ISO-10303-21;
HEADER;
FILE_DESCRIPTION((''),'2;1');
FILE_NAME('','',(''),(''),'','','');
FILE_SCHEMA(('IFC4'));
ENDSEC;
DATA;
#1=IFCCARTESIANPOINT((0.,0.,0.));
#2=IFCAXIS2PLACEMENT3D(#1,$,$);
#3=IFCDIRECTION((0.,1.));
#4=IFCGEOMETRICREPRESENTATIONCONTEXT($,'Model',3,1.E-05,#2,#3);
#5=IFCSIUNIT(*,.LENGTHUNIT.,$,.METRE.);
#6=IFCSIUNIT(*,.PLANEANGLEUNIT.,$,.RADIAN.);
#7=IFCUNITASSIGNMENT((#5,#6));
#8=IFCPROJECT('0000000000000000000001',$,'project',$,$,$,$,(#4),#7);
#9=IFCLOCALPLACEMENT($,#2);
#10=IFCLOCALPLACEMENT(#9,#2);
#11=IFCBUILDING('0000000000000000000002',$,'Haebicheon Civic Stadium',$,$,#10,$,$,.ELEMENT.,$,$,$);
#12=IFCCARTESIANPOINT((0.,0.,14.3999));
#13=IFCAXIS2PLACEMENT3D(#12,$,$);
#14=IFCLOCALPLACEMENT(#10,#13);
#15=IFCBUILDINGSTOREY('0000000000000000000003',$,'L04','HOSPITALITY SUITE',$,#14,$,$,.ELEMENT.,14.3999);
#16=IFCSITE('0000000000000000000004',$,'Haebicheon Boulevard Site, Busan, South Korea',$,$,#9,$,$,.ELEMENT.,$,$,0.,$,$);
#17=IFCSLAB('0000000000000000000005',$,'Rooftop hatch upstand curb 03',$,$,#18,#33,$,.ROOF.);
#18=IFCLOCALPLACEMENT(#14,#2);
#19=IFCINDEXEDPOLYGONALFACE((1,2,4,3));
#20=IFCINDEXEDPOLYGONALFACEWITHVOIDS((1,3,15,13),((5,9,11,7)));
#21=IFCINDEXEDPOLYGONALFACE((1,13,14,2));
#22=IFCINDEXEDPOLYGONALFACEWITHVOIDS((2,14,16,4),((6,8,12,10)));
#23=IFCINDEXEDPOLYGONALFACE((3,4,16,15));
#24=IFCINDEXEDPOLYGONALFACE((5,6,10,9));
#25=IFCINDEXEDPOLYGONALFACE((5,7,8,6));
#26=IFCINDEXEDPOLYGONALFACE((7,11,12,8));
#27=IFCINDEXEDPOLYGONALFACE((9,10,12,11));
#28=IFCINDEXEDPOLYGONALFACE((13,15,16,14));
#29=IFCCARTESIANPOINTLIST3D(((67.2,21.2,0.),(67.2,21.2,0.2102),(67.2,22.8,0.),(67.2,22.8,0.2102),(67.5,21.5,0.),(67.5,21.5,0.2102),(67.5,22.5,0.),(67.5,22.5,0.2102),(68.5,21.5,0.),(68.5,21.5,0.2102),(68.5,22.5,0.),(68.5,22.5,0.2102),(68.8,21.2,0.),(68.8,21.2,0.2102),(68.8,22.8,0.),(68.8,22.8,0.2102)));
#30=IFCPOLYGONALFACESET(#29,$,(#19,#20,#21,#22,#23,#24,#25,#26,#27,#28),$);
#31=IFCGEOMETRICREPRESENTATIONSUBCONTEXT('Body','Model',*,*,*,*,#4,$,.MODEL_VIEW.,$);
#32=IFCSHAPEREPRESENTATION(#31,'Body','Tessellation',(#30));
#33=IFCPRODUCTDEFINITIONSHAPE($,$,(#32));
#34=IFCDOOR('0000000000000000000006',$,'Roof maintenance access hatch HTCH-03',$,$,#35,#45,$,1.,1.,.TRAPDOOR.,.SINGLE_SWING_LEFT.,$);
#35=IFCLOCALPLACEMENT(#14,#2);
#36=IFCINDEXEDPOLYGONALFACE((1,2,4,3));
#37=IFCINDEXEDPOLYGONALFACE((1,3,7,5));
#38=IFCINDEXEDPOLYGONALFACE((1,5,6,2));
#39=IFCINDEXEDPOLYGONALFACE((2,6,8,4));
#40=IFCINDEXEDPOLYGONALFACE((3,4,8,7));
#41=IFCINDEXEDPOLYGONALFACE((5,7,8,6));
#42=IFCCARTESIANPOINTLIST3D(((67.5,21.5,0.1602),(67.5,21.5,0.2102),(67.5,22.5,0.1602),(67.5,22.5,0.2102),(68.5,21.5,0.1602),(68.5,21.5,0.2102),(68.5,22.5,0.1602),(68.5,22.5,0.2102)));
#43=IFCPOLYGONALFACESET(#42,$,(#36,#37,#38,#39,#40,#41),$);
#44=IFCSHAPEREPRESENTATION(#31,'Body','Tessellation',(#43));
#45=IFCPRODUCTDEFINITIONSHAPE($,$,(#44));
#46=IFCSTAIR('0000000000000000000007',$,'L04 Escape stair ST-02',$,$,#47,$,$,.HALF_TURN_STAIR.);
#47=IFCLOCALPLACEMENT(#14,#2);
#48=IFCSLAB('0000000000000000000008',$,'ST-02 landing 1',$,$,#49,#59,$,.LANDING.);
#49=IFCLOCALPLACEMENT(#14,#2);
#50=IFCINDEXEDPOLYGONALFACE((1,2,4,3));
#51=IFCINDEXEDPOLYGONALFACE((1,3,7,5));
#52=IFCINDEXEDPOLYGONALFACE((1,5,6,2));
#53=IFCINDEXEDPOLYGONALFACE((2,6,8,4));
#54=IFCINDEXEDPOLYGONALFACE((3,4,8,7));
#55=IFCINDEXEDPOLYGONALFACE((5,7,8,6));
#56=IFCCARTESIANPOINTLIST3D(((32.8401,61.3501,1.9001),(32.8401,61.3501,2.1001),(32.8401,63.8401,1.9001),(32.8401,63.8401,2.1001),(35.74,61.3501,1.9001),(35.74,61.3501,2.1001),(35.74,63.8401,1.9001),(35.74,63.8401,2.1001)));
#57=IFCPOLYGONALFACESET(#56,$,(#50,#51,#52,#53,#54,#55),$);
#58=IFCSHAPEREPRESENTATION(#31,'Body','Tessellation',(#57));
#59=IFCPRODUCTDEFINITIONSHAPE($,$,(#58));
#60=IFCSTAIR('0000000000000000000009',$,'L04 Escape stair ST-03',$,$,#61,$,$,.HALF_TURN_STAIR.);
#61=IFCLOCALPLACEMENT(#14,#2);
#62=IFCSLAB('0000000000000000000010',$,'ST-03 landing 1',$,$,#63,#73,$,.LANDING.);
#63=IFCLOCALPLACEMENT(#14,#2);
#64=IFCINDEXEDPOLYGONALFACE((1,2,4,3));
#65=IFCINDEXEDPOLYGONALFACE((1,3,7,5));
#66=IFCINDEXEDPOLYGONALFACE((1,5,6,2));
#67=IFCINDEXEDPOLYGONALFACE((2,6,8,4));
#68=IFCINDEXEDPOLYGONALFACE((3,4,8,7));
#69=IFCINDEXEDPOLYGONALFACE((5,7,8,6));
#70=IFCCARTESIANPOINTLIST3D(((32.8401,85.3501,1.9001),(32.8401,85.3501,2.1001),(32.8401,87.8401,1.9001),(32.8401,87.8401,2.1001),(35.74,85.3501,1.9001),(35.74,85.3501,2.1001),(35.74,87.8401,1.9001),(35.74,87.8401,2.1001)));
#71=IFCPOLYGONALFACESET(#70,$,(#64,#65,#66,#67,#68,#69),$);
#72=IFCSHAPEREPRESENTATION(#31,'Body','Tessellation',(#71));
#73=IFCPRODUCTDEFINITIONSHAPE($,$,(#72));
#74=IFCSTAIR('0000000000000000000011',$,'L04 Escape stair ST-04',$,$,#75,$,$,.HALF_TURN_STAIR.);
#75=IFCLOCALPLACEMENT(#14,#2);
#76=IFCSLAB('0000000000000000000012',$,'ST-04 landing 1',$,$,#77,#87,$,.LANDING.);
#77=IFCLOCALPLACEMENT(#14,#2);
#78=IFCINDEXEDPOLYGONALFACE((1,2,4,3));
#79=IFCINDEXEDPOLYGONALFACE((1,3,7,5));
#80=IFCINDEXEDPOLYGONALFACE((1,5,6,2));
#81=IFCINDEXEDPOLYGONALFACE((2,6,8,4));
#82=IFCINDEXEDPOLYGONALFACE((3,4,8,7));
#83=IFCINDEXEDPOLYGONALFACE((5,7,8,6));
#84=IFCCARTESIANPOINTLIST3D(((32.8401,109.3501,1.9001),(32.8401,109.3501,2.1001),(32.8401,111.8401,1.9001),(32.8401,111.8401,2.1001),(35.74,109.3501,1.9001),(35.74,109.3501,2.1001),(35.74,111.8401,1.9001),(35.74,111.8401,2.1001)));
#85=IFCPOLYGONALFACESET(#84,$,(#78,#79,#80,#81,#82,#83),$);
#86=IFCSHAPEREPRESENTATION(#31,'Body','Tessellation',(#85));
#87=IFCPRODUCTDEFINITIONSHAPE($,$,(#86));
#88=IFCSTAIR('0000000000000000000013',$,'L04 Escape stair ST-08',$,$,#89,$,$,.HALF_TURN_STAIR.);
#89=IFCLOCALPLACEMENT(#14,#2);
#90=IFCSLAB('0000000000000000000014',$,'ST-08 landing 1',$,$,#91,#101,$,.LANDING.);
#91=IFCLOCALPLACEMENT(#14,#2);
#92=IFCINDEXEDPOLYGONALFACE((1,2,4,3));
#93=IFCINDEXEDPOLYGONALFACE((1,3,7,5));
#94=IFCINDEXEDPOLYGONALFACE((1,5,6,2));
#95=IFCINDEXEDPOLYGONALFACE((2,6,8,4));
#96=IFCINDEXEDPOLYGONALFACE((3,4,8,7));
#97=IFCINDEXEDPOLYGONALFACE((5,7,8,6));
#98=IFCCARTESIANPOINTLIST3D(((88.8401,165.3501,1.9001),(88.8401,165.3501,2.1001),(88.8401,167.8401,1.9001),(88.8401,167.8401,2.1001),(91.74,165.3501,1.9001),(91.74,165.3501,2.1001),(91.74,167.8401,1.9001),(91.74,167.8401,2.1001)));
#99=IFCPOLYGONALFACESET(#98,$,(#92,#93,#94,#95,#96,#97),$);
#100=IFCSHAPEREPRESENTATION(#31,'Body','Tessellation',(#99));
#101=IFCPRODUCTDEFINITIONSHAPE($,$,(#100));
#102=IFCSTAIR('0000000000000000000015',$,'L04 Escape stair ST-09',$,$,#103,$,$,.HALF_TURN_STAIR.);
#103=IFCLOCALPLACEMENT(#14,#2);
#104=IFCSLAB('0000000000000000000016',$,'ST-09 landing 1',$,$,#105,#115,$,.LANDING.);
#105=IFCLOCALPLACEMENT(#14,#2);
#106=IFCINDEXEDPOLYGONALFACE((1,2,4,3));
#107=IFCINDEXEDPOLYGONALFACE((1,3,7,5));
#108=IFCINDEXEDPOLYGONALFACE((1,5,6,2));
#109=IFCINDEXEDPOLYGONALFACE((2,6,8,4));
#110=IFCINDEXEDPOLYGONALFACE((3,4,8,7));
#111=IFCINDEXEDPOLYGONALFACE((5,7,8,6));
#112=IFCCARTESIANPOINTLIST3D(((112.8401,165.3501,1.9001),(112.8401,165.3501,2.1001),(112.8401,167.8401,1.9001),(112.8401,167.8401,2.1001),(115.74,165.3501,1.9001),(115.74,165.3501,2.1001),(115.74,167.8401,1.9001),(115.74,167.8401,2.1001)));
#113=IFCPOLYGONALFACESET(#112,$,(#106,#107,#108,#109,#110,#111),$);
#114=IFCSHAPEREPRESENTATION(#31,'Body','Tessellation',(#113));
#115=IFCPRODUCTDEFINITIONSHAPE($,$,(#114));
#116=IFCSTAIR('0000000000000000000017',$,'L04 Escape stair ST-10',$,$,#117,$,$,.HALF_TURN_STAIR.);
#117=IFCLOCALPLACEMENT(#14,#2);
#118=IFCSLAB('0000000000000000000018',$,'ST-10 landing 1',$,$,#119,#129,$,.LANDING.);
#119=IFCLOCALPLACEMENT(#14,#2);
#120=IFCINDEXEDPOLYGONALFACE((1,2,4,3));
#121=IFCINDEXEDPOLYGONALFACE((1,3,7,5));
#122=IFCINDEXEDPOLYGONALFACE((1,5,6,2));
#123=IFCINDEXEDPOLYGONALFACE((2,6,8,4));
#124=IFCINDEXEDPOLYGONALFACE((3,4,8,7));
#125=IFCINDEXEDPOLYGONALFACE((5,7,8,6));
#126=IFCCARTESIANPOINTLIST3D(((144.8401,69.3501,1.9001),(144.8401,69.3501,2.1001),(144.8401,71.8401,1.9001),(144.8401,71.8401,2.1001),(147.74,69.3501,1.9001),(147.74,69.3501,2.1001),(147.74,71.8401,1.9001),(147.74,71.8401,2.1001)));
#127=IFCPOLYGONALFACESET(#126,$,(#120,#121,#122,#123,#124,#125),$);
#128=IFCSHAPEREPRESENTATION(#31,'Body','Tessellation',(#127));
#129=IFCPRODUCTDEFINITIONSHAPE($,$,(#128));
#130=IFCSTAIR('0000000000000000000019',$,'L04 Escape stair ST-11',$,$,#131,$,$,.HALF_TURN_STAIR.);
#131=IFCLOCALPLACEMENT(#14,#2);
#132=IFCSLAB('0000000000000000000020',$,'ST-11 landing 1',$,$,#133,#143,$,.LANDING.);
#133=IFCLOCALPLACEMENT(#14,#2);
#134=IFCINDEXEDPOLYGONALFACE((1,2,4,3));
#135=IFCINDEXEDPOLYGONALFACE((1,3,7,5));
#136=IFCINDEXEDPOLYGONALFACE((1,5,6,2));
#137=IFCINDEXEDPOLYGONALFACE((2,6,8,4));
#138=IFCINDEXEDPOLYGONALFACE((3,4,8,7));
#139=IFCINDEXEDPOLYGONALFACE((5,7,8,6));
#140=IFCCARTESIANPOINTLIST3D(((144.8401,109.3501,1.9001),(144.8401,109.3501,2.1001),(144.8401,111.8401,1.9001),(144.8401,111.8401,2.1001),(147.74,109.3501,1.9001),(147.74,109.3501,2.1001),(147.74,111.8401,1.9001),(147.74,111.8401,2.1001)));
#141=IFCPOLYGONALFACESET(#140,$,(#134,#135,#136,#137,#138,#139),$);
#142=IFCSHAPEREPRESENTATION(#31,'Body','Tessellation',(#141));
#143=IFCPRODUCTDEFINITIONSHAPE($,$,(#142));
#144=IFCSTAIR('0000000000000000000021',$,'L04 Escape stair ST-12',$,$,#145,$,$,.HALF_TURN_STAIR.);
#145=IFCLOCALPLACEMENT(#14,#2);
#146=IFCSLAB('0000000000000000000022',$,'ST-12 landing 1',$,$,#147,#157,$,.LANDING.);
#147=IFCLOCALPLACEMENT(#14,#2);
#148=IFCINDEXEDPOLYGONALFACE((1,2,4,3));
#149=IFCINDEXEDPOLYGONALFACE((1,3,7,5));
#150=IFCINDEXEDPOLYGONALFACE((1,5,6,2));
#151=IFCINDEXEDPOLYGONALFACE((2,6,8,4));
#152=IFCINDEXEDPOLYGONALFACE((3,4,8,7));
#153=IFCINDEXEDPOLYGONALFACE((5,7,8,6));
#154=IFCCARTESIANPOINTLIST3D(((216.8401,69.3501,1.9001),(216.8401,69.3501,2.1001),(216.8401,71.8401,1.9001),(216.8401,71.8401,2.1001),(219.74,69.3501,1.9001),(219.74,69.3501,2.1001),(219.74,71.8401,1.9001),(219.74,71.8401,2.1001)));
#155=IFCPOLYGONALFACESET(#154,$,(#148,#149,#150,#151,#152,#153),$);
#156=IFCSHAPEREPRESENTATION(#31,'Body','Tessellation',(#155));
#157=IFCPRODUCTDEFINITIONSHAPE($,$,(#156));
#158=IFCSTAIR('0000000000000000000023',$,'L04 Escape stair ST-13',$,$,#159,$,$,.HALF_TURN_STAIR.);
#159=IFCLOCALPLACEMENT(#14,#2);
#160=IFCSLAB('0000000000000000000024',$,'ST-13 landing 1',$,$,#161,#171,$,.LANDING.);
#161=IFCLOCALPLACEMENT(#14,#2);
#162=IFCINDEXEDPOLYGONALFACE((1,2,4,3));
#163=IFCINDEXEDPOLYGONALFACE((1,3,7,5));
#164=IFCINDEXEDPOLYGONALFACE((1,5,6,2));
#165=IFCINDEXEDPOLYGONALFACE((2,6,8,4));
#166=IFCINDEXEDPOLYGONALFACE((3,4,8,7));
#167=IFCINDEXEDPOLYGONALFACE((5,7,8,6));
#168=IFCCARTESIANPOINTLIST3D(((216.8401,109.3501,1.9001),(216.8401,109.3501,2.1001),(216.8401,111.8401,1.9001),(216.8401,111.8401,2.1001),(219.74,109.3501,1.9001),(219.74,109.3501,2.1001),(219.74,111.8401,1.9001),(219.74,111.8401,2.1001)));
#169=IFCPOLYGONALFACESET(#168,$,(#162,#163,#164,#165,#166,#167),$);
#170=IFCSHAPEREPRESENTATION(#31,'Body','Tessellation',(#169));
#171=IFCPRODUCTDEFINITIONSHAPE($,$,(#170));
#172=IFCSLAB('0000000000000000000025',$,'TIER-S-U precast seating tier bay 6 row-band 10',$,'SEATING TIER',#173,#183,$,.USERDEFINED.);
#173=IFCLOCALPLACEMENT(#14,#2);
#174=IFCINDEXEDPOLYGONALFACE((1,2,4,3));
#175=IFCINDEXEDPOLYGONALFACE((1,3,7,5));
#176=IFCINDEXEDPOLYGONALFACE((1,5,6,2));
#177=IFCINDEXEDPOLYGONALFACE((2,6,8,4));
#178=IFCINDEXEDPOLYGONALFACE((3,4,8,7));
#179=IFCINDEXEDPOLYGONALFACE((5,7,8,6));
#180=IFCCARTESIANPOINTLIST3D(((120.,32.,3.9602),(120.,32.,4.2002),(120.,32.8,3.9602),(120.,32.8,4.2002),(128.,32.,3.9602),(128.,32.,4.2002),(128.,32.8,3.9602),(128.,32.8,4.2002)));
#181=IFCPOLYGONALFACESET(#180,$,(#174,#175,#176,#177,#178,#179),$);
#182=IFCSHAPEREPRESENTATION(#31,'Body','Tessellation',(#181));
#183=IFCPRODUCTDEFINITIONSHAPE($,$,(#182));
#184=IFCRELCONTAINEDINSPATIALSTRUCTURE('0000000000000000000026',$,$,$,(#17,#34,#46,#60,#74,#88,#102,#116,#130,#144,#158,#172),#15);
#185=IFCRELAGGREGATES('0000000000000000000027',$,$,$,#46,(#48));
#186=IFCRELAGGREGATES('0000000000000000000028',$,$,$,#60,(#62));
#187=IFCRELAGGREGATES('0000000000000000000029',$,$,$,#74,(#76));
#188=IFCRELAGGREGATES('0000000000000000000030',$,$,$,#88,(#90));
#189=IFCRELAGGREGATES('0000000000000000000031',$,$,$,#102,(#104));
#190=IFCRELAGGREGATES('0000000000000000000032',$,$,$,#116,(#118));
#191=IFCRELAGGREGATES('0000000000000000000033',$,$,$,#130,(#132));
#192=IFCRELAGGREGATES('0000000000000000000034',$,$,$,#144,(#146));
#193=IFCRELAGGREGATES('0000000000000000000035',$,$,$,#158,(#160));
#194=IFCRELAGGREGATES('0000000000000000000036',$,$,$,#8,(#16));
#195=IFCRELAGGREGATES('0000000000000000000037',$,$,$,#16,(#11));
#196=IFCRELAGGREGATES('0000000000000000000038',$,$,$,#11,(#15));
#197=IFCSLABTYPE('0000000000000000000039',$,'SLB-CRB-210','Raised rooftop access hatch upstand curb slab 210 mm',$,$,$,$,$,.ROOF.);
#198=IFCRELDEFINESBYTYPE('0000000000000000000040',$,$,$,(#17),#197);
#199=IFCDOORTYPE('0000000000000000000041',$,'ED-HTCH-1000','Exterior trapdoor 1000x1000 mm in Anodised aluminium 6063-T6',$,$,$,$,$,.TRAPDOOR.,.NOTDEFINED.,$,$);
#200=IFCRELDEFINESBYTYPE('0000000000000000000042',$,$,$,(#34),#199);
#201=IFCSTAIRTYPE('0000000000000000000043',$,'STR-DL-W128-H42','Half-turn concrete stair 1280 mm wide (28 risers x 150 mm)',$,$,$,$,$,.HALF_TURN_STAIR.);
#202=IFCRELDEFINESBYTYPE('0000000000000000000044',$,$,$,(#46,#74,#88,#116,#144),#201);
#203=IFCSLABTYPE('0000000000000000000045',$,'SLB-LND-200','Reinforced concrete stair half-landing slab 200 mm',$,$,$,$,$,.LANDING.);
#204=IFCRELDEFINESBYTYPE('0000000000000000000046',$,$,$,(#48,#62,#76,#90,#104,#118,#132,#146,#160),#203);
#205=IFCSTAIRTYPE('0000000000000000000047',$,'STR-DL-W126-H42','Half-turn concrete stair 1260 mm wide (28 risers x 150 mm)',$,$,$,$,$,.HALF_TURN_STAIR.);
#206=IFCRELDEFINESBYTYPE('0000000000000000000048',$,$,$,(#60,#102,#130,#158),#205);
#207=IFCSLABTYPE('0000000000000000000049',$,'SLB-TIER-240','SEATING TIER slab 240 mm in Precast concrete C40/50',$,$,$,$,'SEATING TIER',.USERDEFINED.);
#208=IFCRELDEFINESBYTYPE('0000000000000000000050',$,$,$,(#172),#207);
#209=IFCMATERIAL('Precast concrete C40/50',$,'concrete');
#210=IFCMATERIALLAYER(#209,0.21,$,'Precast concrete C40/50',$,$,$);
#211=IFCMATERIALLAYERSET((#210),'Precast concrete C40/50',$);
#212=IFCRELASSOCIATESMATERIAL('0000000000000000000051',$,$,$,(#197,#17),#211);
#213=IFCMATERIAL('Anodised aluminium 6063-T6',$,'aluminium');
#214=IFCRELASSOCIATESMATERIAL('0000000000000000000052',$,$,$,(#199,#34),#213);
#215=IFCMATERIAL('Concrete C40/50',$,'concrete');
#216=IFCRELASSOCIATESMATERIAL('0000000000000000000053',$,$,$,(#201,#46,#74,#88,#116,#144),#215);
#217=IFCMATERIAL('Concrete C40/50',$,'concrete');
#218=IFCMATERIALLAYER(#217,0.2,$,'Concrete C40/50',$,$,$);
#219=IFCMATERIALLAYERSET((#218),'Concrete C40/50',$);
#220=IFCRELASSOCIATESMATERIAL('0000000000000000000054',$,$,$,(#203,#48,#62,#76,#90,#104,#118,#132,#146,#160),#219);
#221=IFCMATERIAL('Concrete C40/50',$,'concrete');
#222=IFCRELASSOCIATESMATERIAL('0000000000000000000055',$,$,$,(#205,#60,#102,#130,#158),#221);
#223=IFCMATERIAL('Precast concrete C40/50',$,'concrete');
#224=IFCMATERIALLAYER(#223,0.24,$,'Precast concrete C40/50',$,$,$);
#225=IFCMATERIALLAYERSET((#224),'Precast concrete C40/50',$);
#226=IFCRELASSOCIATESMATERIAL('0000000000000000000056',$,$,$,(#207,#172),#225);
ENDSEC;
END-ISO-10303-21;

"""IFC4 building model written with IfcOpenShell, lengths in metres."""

from ifc_helpers import new_model, si_unit, direction, frame, origin, origin_2d, place, context, subcontext, project, spatial, polyline, rectangle, outline, extrude, material, layer, layer_set, type_object, element, fill, aggregate, save


model = new_model("IFC4")

# Units and contexts
model_context = context("Model", 3, precision=1e-05, world=origin(), true_north=direction((0.0, 1.0)))
body_context = subcontext(model_context, "Body", "Model", "MODEL_VIEW")
ifc_project = project(units=[si_unit("LENGTHUNIT", "METRE"), si_unit("PLANEANGLEUNIT", "RADIAN")], contexts=[model_context])

# Site, building, storey
site_placement = place(None, origin())
site = spatial("IfcSite", under=ifc_project, at=site_placement, Name="Haebicheon Boulevard Site, Busan, South Korea", CompositionType="ELEMENT", RefElevation=0.0)
building_placement = place(site_placement, origin())
building = spatial("IfcBuilding", under=site, at=building_placement, Name="Haebicheon Civic Stadium", CompositionType="ELEMENT")
storey_placement = place(building_placement, frame((0.0, 0.0, 14.3999)))
storey = spatial("IfcBuildingStorey", under=building, at=storey_placement, Name="L04", Description="HOSPITALITY SUITE", CompositionType="ELEMENT", Elevation=14.3999)

# Slab, opening, door
ifc_material_1 = material(Name="Precast concrete C40/50", Category="concrete")
ifc_layer_1 = layer(ifc_material_1, 0.21, Name="Precast concrete C40/50")
ifc_layer_set_1 = layer_set([ifc_layer_1], Name="Precast concrete C40/50")
slab_type_1 = type_object("IfcSlabType", Name="SLB-CRB-210", Description="Raised rooftop access hatch upstand curb slab 210 mm", PredefinedType="ROOF", material=ifc_layer_set_1)
slab_1_placement = place(storey_placement, origin())
slab_1 = element("IfcSlab", 1, at=slab_1_placement, inside=storey, type_object=slab_type_1, material=ifc_layer_set_1, Name="Rooftop hatch upstand curb 03", PredefinedType="ROOF", context=body_context, shape_type="SweptSolid", body=[
    extrude(outline(polyline([(67.2, 21.2), (68.8, 21.2), (68.8, 22.8), (67.2, 22.8), (67.2, 21.2)]), holes=[polyline([(67.5, 21.5), (68.5, 21.5), (68.5, 22.5), (67.5, 22.5), (67.5, 21.5)])]), origin(), (0.0, 0.0, 1.0), 0.2102),
])
opening_placement = place(slab_1_placement, frame((68.0, 22.0, -0.01)))
opening = element("IfcOpeningElement", 2, at=opening_placement, cuts=slab_1, PredefinedType="OPENING", context=body_context, shape_type="SweptSolid", body=[
    extrude(rectangle(XDim=1.0, YDim=1.0, at=origin_2d()), origin(), (0.0, 0.0, 1.0), 0.2302),
])
ifc_material_2 = material(Name="Anodised aluminium 6063-T6", Category="aluminium")
door_type = type_object("IfcDoorType", Name="ED-HTCH-1000", Description="Exterior trapdoor 1000x1000 mm in Anodised aluminium 6063-T6", OperationType="NOTDEFINED", PredefinedType="TRAPDOOR", material=ifc_material_2)
door_placement = place(slab_1_placement, frame((68.0, 22.0, 0.1602)))
door = element("IfcDoor", 3, at=door_placement, inside=storey, type_object=door_type, material=ifc_material_2, Name="Roof maintenance access hatch HTCH-03", OperationType="SINGLE_SWING_LEFT", OverallHeight=1.0, OverallWidth=1.0, PredefinedType="TRAPDOOR", context=body_context, shape_type="SweptSolid", body=[
    extrude(rectangle(XDim=1.0, YDim=1.0, at=origin_2d()), origin(), (0.0, 0.0, 1.0), 0.05),
])
fill(opening, door)

# Stairs, slabs
ifc_material_3 = material(Name="Concrete C40/50", Category="concrete")
stair_type_1 = type_object("IfcStairType", Name="STR-DL-W128-H42", Description="Half-turn concrete stair 1280 mm wide (28 risers x 150 mm)", PredefinedType="HALF_TURN_STAIR", material=ifc_material_3)
stair_1_placement = place(storey_placement, origin())
stair_1 = element("IfcStair", 4, at=stair_1_placement, inside=storey, type_object=stair_type_1, material=ifc_material_3, Name="L04 Escape stair ST-02", PredefinedType="HALF_TURN_STAIR")
ifc_material_4 = material(Name="Concrete C40/50", Category="concrete")
ifc_layer_2 = layer(ifc_material_4, 0.2, Name="Concrete C40/50")
ifc_layer_set_2 = layer_set([ifc_layer_2], Name="Concrete C40/50")
slab_type_2 = type_object("IfcSlabType", Name="SLB-LND-200", Description="Reinforced concrete stair half-landing slab 200 mm", PredefinedType="LANDING", material=ifc_layer_set_2)
slab_2_placement = place(storey_placement, frame((0.0, 0.0, 1.9001)))
slab_2 = element("IfcSlab", 5, at=slab_2_placement, type_object=slab_type_2, material=ifc_layer_set_2, Name="ST-02 landing 1", PredefinedType="LANDING", context=body_context, shape_type="SweptSolid", body=[
    extrude(outline(polyline([(35.74, 61.3501), (35.74, 63.8401), (32.8401, 63.8401), (32.8401, 61.3501), (35.74, 61.3501)])), origin(), (0.0, 0.0, 1.0), 0.2),
])
aggregate(stair_1, [slab_2])
ifc_material_5 = material(Name="Concrete C40/50", Category="concrete")
stair_type_2 = type_object("IfcStairType", Name="STR-DL-W126-H42", Description="Half-turn concrete stair 1260 mm wide (28 risers x 150 mm)", PredefinedType="HALF_TURN_STAIR", material=ifc_material_5)
stair_2_placement = place(storey_placement, origin())
stair_2 = element("IfcStair", 6, at=stair_2_placement, inside=storey, type_object=stair_type_2, material=ifc_material_5, Name="L04 Escape stair ST-03", PredefinedType="HALF_TURN_STAIR")
slab_3_placement = place(storey_placement, frame((0.0, 0.0, 1.9001)))
slab_3 = element("IfcSlab", 7, at=slab_3_placement, type_object=slab_type_2, material=ifc_layer_set_2, Name="ST-03 landing 1", PredefinedType="LANDING", context=body_context, shape_type="SweptSolid", body=[
    extrude(outline(polyline([(35.74, 85.3501), (35.74, 87.8401), (32.8401, 87.8401), (32.8401, 85.3501), (35.74, 85.3501)])), origin(), (0.0, 0.0, 1.0), 0.2),
])
aggregate(stair_2, [slab_3])
stair_3_placement = place(storey_placement, origin())
stair_3 = element("IfcStair", 8, at=stair_3_placement, inside=storey, type_object=stair_type_1, material=ifc_material_3, Name="L04 Escape stair ST-04", PredefinedType="HALF_TURN_STAIR")
slab_4_placement = place(storey_placement, frame((0.0, 0.0, 1.9001)))
slab_4 = element("IfcSlab", 9, at=slab_4_placement, type_object=slab_type_2, material=ifc_layer_set_2, Name="ST-04 landing 1", PredefinedType="LANDING", context=body_context, shape_type="SweptSolid", body=[
    extrude(outline(polyline([(35.74, 109.3501), (35.74, 111.8401), (32.8401, 111.8401), (32.8401, 109.3501), (35.74, 109.3501)])), origin(), (0.0, 0.0, 1.0), 0.2),
])
aggregate(stair_3, [slab_4])
stair_4_placement = place(storey_placement, origin())
stair_4 = element("IfcStair", 10, at=stair_4_placement, inside=storey, type_object=stair_type_1, material=ifc_material_3, Name="L04 Escape stair ST-08", PredefinedType="HALF_TURN_STAIR")
slab_5_placement = place(storey_placement, frame((0.0, 0.0, 1.9001)))
slab_5 = element("IfcSlab", 11, at=slab_5_placement, type_object=slab_type_2, material=ifc_layer_set_2, Name="ST-08 landing 1", PredefinedType="LANDING", context=body_context, shape_type="SweptSolid", body=[
    extrude(outline(polyline([(91.74, 165.3501), (91.74, 167.8401), (88.8401, 167.8401), (88.8401, 165.3501), (91.74, 165.3501)])), origin(), (0.0, 0.0, 1.0), 0.2),
])
aggregate(stair_4, [slab_5])
stair_5_placement = place(storey_placement, origin())
stair_5 = element("IfcStair", 12, at=stair_5_placement, inside=storey, type_object=stair_type_2, material=ifc_material_5, Name="L04 Escape stair ST-09", PredefinedType="HALF_TURN_STAIR")
slab_6_placement = place(storey_placement, frame((0.0, 0.0, 1.9001)))
slab_6 = element("IfcSlab", 13, at=slab_6_placement, type_object=slab_type_2, material=ifc_layer_set_2, Name="ST-09 landing 1", PredefinedType="LANDING", context=body_context, shape_type="SweptSolid", body=[
    extrude(outline(polyline([(115.74, 165.3501), (115.74, 167.8401), (112.8401, 167.8401), (112.8401, 165.3501), (115.74, 165.3501)])), origin(), (0.0, 0.0, 1.0), 0.2),
])
aggregate(stair_5, [slab_6])
stair_6_placement = place(storey_placement, origin())
stair_6 = element("IfcStair", 14, at=stair_6_placement, inside=storey, type_object=stair_type_1, material=ifc_material_3, Name="L04 Escape stair ST-10", PredefinedType="HALF_TURN_STAIR")
slab_7_placement = place(storey_placement, frame((0.0, 0.0, 1.9001)))
slab_7 = element("IfcSlab", 15, at=slab_7_placement, type_object=slab_type_2, material=ifc_layer_set_2, Name="ST-10 landing 1", PredefinedType="LANDING", context=body_context, shape_type="SweptSolid", body=[
    extrude(outline(polyline([(147.74, 69.3501), (147.74, 71.8401), (144.8401, 71.8401), (144.8401, 69.3501), (147.74, 69.3501)])), origin(), (0.0, 0.0, 1.0), 0.2),
])
aggregate(stair_6, [slab_7])
stair_7_placement = place(storey_placement, origin())
stair_7 = element("IfcStair", 16, at=stair_7_placement, inside=storey, type_object=stair_type_2, material=ifc_material_5, Name="L04 Escape stair ST-11", PredefinedType="HALF_TURN_STAIR")
slab_8_placement = place(storey_placement, frame((0.0, 0.0, 1.9001)))
slab_8 = element("IfcSlab", 17, at=slab_8_placement, type_object=slab_type_2, material=ifc_layer_set_2, Name="ST-11 landing 1", PredefinedType="LANDING", context=body_context, shape_type="SweptSolid", body=[
    extrude(outline(polyline([(147.74, 109.3501), (147.74, 111.8401), (144.8401, 111.8401), (144.8401, 109.3501), (147.74, 109.3501)])), origin(), (0.0, 0.0, 1.0), 0.2),
])
aggregate(stair_7, [slab_8])
stair_8_placement = place(storey_placement, origin())
stair_8 = element("IfcStair", 18, at=stair_8_placement, inside=storey, type_object=stair_type_1, material=ifc_material_3, Name="L04 Escape stair ST-12", PredefinedType="HALF_TURN_STAIR")
slab_9_placement = place(storey_placement, frame((0.0, 0.0, 1.9001)))
slab_9 = element("IfcSlab", 19, at=slab_9_placement, type_object=slab_type_2, material=ifc_layer_set_2, Name="ST-12 landing 1", PredefinedType="LANDING", context=body_context, shape_type="SweptSolid", body=[
    extrude(outline(polyline([(219.74, 69.3501), (219.74, 71.8401), (216.8401, 71.8401), (216.8401, 69.3501), (219.74, 69.3501)])), origin(), (0.0, 0.0, 1.0), 0.2),
])
aggregate(stair_8, [slab_9])
stair_9_placement = place(storey_placement, origin())
stair_9 = element("IfcStair", 20, at=stair_9_placement, inside=storey, type_object=stair_type_2, material=ifc_material_5, Name="L04 Escape stair ST-13", PredefinedType="HALF_TURN_STAIR")
slab_10_placement = place(storey_placement, frame((0.0, 0.0, 1.9001)))
slab_10 = element("IfcSlab", 21, at=slab_10_placement, type_object=slab_type_2, material=ifc_layer_set_2, Name="ST-13 landing 1", PredefinedType="LANDING", context=body_context, shape_type="SweptSolid", body=[
    extrude(outline(polyline([(219.74, 109.3501), (219.74, 111.8401), (216.8401, 111.8401), (216.8401, 109.3501), (219.74, 109.3501)])), origin(), (0.0, 0.0, 1.0), 0.2),
])
aggregate(stair_9, [slab_10])

# Slab
ifc_material_6 = material(Name="Precast concrete C40/50", Category="concrete")
ifc_layer_3 = layer(ifc_material_6, 0.24, Name="Precast concrete C40/50")
ifc_layer_set_3 = layer_set([ifc_layer_3], Name="Precast concrete C40/50")
slab_type_3 = type_object("IfcSlabType", Name="SLB-TIER-240", Description="SEATING TIER slab 240 mm in Precast concrete C40/50", ElementType="SEATING TIER", PredefinedType="USERDEFINED", material=ifc_layer_set_3)
slab_11_placement = place(storey_placement, frame((0.0, 0.0, 3.9602)))
element("IfcSlab", 22, at=slab_11_placement, inside=storey, type_object=slab_type_3, material=ifc_layer_set_3, Name="TIER-S-U precast seating tier bay 6 row-band 10", ObjectType="SEATING TIER", PredefinedType="USERDEFINED", context=body_context, shape_type="SweptSolid", body=[
    extrude(outline(polyline([(120.0, 32.0), (128.0, 32.0), (128.0, 32.8), (120.0, 32.8), (120.0, 32.0)])), origin(), (0.0, 0.0, 1.0), 0.24),
])

save(model, "model.ifc")
